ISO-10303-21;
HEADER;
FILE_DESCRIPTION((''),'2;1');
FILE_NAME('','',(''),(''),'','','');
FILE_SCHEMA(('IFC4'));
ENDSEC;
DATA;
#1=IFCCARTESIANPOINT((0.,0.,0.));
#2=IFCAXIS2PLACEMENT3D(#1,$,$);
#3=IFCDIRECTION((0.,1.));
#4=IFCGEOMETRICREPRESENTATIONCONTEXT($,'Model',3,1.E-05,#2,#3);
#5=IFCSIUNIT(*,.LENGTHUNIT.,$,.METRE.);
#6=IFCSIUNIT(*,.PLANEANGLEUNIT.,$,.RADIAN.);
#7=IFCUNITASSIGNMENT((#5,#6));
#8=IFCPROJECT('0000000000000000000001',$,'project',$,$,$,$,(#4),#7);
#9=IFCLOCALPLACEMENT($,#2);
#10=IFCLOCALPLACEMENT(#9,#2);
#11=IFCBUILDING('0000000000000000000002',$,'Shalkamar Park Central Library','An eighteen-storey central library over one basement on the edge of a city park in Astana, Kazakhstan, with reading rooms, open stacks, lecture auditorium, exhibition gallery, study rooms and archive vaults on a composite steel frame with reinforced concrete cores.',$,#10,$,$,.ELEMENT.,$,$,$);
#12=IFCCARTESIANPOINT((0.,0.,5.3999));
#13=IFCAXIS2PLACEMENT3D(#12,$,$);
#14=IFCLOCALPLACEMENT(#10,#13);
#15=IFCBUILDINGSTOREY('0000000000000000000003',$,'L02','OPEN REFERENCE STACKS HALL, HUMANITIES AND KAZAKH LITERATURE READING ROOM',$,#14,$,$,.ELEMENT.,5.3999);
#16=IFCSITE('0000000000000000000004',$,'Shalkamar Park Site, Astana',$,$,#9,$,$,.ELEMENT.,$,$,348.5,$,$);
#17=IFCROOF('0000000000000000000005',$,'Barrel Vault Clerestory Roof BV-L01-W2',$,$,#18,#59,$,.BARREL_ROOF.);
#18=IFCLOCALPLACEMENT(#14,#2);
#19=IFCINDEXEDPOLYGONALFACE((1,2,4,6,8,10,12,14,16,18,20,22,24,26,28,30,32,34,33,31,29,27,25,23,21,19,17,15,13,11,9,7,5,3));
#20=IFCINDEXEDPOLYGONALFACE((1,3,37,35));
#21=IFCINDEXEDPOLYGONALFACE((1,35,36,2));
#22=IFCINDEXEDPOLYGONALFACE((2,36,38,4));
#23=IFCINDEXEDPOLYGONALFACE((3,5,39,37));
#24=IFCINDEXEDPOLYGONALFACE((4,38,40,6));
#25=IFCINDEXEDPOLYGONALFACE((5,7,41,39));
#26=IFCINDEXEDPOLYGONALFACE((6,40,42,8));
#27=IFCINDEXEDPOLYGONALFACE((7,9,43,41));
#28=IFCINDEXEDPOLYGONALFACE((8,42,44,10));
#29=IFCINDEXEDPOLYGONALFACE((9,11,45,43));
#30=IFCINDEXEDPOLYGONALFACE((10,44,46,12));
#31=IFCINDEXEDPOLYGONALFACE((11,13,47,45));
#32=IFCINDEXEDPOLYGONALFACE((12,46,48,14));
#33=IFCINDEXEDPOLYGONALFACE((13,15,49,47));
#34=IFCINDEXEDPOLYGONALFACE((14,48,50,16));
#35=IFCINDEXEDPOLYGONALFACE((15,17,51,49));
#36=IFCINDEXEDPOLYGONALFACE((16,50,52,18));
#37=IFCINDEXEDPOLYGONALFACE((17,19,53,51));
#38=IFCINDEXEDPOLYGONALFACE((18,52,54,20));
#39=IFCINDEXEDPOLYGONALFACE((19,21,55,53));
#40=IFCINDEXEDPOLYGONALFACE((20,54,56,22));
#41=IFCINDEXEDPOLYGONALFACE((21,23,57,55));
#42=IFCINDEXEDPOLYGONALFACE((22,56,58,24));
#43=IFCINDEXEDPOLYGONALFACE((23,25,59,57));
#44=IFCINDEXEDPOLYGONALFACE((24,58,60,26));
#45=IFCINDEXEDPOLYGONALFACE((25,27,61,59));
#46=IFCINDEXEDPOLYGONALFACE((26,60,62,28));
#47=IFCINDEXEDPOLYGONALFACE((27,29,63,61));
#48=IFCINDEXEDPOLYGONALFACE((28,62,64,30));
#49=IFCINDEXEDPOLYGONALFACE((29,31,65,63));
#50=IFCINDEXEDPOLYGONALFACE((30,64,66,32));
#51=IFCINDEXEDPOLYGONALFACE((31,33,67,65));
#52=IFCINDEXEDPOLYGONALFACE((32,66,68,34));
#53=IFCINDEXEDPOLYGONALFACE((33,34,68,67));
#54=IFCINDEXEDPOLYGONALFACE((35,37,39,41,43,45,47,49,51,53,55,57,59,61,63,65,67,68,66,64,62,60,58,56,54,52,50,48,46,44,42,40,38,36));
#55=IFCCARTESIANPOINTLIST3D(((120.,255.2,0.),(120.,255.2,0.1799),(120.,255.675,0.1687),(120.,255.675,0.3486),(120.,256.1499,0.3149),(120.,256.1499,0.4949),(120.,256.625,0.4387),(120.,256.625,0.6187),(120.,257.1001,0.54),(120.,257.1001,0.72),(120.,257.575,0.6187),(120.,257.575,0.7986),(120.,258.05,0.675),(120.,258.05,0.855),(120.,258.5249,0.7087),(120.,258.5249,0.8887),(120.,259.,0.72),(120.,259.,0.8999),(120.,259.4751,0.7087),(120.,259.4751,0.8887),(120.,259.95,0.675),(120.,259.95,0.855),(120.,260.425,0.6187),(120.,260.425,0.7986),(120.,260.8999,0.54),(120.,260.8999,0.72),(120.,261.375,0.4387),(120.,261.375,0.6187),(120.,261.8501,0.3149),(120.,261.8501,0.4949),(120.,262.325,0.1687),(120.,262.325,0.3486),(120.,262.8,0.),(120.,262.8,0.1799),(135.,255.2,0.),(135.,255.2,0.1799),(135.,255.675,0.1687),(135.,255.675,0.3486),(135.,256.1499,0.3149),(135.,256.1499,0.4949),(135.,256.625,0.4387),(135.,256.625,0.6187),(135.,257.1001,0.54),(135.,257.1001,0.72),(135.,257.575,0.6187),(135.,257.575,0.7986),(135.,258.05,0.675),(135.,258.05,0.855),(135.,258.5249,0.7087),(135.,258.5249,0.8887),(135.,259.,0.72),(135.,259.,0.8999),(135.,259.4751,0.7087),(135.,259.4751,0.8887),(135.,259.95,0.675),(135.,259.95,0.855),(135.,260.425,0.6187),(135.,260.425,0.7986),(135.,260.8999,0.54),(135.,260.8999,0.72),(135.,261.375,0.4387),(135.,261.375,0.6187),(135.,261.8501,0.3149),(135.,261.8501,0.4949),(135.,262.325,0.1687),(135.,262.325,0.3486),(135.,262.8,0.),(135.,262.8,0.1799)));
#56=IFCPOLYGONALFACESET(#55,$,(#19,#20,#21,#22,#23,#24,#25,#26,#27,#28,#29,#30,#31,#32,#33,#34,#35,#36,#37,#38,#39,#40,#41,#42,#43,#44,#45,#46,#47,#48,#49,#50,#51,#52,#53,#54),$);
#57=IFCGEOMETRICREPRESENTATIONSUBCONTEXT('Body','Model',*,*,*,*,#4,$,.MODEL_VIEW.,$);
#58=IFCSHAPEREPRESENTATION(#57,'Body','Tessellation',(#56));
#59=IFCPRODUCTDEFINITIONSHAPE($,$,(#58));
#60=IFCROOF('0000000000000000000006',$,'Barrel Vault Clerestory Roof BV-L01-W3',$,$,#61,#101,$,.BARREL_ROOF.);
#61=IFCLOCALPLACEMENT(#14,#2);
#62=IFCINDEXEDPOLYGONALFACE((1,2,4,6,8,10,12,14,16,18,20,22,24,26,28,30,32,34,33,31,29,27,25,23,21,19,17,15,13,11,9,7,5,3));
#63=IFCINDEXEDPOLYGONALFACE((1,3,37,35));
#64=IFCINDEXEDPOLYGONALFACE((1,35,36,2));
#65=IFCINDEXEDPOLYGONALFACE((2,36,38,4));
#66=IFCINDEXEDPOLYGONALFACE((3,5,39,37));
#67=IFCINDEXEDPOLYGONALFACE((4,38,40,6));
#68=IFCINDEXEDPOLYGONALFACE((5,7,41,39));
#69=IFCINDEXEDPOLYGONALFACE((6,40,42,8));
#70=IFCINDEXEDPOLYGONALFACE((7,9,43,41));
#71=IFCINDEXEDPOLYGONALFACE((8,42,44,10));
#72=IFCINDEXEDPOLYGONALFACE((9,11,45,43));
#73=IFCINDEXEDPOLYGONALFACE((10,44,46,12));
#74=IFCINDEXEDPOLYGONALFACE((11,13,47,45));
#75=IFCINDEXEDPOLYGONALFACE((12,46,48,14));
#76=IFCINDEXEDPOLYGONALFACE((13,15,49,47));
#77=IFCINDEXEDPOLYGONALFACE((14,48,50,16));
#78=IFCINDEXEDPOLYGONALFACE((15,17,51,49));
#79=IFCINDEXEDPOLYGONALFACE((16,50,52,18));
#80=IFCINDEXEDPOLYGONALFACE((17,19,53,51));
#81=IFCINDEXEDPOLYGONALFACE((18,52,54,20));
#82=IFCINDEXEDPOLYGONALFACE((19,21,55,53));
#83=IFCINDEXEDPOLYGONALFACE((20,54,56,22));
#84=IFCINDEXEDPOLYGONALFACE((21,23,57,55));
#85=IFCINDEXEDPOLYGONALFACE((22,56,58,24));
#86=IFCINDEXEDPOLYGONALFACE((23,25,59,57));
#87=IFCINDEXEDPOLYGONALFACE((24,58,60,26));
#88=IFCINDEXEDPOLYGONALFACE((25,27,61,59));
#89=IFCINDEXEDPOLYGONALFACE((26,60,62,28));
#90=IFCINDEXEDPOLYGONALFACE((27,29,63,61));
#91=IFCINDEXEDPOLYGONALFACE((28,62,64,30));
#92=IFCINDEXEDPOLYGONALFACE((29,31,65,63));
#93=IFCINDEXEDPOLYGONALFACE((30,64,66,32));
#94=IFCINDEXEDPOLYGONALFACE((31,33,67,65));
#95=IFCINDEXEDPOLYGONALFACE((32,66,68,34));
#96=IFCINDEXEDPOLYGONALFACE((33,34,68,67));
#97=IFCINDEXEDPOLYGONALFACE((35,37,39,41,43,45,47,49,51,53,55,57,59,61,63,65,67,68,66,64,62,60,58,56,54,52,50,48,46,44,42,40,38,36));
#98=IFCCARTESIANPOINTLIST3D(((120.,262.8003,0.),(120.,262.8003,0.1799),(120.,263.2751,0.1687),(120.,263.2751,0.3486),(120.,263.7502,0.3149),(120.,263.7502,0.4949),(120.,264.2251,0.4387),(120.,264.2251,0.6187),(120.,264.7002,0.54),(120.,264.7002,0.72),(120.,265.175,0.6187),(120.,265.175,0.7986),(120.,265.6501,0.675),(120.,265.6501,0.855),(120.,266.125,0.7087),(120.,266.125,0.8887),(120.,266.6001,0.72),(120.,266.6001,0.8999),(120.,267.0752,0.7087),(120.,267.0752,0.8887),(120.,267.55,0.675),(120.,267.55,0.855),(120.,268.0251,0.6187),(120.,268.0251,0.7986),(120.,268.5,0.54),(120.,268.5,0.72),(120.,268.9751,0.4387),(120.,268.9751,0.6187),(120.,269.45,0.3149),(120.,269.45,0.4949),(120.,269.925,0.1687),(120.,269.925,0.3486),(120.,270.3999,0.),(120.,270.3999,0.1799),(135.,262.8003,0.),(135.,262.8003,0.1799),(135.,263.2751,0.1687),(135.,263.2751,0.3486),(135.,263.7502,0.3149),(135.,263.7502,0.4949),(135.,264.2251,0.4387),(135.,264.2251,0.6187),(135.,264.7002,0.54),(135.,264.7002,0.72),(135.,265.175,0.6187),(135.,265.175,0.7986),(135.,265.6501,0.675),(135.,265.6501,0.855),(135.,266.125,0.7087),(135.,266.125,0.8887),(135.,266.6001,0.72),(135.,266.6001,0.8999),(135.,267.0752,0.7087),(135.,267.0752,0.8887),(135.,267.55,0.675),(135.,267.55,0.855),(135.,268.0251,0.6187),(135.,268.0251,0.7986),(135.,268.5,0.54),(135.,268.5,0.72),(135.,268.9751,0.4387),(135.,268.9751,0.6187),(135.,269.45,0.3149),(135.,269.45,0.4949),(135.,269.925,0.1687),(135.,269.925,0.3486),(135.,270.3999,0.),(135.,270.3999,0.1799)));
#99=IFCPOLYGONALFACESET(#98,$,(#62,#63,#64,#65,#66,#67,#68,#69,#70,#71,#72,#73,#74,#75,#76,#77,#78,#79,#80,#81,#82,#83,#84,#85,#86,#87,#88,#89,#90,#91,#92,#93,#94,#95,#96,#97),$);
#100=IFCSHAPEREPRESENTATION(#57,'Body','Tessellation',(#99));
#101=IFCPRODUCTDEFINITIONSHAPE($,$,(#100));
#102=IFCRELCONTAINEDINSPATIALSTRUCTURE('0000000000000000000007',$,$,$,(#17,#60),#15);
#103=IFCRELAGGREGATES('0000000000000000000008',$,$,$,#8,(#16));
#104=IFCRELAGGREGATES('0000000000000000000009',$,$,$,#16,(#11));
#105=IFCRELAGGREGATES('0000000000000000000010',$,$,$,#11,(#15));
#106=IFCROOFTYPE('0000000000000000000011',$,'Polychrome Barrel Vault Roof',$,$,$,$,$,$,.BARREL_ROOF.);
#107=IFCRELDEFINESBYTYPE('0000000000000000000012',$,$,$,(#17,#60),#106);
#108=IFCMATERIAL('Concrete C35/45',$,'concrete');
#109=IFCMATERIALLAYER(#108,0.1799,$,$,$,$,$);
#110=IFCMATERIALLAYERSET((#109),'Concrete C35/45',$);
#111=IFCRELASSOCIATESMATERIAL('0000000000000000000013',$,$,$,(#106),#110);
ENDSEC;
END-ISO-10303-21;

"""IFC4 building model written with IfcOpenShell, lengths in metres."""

from ifc_helpers import new_model, si_unit, direction, frame, origin, place, context, subcontext, project, spatial, polyline, outline, extrude, material, layer, layer_set, type_object, element, save


model = new_model("IFC4")

# Units and contexts
model_context = context("Model", 3, precision=1e-05, world=origin(), true_north=direction((0.0, 1.0)))
body_context = subcontext(model_context, "Body", "Model", "MODEL_VIEW")
ifc_project = project(units=[si_unit("LENGTHUNIT", "METRE"), si_unit("PLANEANGLEUNIT", "RADIAN")], contexts=[model_context])

# Site, building, storey
site_placement = place(None, origin())
site = spatial("IfcSite", under=ifc_project, at=site_placement, Name="Shalkamar Park Site, Astana", CompositionType="ELEMENT", RefElevation=348.5)
building_placement = place(site_placement, origin())
building = spatial("IfcBuilding", under=site, at=building_placement, Name="Shalkamar Park Central Library", Description="An eighteen-storey central library over one basement on the edge of a city park in Astana, Kazakhstan, with reading rooms, open stacks, lecture auditorium, exhibition gallery, study rooms and archive vaults on a composite steel frame with reinforced concrete cores.", CompositionType="ELEMENT")
storey_placement = place(building_placement, frame((0.0, 0.0, 5.3999)))
storey = spatial("IfcBuildingStorey", under=building, at=storey_placement, Name="L02", Description="OPEN REFERENCE STACKS HALL, HUMANITIES AND KAZAKH LITERATURE READING ROOM", CompositionType="ELEMENT", Elevation=5.3999)

# Roofs
ifc_material_1 = material(Name="Concrete C35/45", Category="concrete")
ifc_layer_1 = layer(ifc_material_1, 0.1799)
ifc_layer_set_1 = layer_set([ifc_layer_1], Name="Concrete C35/45")
roof_type = type_object("IfcRoofType", Name="Polychrome Barrel Vault Roof", PredefinedType="BARREL_ROOF", material=ifc_layer_set_1)
roof_1_placement = place(storey_placement, frame((120.0, 259.0, 0.0), z_axis=(0.0, 0.0, 1.0), x_axis=(1.0, 0.0, 0.0)))
element("IfcRoof", 1, at=roof_1_placement, inside=storey, type_object=roof_type, Name="Barrel Vault Clerestory Roof BV-L01-W2", PredefinedType="BARREL_ROOF", context=body_context, shape_type="SweptSolid", body=[
    extrude(outline(polyline([(-3.8, 0.1799), (-3.325, 0.3486), (-2.8501, 0.4949), (-2.375, 0.6187), (-1.8999, 0.72), (-1.425, 0.7986), (-0.95, 0.855), (-0.4751, 0.8887), (0.0, 0.8999), (0.4751, 0.8887), (0.95, 0.855), (1.425, 0.7986), (1.8999, 0.72), (2.375, 0.6187), (2.8501, 0.4949), (3.325, 0.3486), (3.8, 0.1799), (3.8, 0.0), (3.325, 0.1687), (2.8501, 0.3149), (2.375, 0.4387), (1.8999, 0.54), (1.425, 0.6187), (0.95, 0.675), (0.4751, 0.7087), (0.0, 0.72), (-0.4751, 0.7087), (-0.95, 0.675), (-1.425, 0.6187), (-1.8999, 0.54), (-2.375, 0.4387), (-2.8501, 0.3149), (-3.325, 0.1687), (-3.8, 0.0), (-3.8, 0.1799)])), frame((0.0, 0.0, 0.0), z_axis=(1.0, 0.0, 0.0), x_axis=(0.0, 1.0, 0.0)), (0.0, 0.0, 1.0), 15.0),
])
roof_2_placement = place(storey_placement, frame((120.0, 266.6001, 0.0), z_axis=(0.0, 0.0, 1.0), x_axis=(1.0, 0.0, 0.0)))
element("IfcRoof", 2, at=roof_2_placement, inside=storey, type_object=roof_type, Name="Barrel Vault Clerestory Roof BV-L01-W3", PredefinedType="BARREL_ROOF", context=body_context, shape_type="SweptSolid", body=[
    extrude(outline(polyline([(-3.7998, 0.1799), (-3.325, 0.3486), (-2.8499, 0.4949), (-2.375, 0.6187), (-1.8999, 0.72), (-1.425, 0.7986), (-0.95, 0.855), (-0.4751, 0.8887), (0.0, 0.8999), (0.4751, 0.8887), (0.95, 0.855), (1.425, 0.7986), (1.8999, 0.72), (2.375, 0.6187), (2.8499, 0.4949), (3.325, 0.3486), (3.7998, 0.1799), (3.7998, 0.0), (3.325, 0.1687), (2.8499, 0.3149), (2.375, 0.4387), (1.8999, 0.54), (1.425, 0.6187), (0.95, 0.675), (0.4751, 0.7087), (0.0, 0.72), (-0.4751, 0.7087), (-0.95, 0.675), (-1.425, 0.6187), (-1.8999, 0.54), (-2.375, 0.4387), (-2.8499, 0.3149), (-3.325, 0.1687), (-3.7998, 0.0), (-3.7998, 0.1799)])), frame((0.0, 0.0, 0.0), z_axis=(1.0, 0.0, 0.0), x_axis=(0.0, 1.0, 0.0)), (0.0, 0.0, 1.0), 15.0),
])

save(model, "model.ifc")
